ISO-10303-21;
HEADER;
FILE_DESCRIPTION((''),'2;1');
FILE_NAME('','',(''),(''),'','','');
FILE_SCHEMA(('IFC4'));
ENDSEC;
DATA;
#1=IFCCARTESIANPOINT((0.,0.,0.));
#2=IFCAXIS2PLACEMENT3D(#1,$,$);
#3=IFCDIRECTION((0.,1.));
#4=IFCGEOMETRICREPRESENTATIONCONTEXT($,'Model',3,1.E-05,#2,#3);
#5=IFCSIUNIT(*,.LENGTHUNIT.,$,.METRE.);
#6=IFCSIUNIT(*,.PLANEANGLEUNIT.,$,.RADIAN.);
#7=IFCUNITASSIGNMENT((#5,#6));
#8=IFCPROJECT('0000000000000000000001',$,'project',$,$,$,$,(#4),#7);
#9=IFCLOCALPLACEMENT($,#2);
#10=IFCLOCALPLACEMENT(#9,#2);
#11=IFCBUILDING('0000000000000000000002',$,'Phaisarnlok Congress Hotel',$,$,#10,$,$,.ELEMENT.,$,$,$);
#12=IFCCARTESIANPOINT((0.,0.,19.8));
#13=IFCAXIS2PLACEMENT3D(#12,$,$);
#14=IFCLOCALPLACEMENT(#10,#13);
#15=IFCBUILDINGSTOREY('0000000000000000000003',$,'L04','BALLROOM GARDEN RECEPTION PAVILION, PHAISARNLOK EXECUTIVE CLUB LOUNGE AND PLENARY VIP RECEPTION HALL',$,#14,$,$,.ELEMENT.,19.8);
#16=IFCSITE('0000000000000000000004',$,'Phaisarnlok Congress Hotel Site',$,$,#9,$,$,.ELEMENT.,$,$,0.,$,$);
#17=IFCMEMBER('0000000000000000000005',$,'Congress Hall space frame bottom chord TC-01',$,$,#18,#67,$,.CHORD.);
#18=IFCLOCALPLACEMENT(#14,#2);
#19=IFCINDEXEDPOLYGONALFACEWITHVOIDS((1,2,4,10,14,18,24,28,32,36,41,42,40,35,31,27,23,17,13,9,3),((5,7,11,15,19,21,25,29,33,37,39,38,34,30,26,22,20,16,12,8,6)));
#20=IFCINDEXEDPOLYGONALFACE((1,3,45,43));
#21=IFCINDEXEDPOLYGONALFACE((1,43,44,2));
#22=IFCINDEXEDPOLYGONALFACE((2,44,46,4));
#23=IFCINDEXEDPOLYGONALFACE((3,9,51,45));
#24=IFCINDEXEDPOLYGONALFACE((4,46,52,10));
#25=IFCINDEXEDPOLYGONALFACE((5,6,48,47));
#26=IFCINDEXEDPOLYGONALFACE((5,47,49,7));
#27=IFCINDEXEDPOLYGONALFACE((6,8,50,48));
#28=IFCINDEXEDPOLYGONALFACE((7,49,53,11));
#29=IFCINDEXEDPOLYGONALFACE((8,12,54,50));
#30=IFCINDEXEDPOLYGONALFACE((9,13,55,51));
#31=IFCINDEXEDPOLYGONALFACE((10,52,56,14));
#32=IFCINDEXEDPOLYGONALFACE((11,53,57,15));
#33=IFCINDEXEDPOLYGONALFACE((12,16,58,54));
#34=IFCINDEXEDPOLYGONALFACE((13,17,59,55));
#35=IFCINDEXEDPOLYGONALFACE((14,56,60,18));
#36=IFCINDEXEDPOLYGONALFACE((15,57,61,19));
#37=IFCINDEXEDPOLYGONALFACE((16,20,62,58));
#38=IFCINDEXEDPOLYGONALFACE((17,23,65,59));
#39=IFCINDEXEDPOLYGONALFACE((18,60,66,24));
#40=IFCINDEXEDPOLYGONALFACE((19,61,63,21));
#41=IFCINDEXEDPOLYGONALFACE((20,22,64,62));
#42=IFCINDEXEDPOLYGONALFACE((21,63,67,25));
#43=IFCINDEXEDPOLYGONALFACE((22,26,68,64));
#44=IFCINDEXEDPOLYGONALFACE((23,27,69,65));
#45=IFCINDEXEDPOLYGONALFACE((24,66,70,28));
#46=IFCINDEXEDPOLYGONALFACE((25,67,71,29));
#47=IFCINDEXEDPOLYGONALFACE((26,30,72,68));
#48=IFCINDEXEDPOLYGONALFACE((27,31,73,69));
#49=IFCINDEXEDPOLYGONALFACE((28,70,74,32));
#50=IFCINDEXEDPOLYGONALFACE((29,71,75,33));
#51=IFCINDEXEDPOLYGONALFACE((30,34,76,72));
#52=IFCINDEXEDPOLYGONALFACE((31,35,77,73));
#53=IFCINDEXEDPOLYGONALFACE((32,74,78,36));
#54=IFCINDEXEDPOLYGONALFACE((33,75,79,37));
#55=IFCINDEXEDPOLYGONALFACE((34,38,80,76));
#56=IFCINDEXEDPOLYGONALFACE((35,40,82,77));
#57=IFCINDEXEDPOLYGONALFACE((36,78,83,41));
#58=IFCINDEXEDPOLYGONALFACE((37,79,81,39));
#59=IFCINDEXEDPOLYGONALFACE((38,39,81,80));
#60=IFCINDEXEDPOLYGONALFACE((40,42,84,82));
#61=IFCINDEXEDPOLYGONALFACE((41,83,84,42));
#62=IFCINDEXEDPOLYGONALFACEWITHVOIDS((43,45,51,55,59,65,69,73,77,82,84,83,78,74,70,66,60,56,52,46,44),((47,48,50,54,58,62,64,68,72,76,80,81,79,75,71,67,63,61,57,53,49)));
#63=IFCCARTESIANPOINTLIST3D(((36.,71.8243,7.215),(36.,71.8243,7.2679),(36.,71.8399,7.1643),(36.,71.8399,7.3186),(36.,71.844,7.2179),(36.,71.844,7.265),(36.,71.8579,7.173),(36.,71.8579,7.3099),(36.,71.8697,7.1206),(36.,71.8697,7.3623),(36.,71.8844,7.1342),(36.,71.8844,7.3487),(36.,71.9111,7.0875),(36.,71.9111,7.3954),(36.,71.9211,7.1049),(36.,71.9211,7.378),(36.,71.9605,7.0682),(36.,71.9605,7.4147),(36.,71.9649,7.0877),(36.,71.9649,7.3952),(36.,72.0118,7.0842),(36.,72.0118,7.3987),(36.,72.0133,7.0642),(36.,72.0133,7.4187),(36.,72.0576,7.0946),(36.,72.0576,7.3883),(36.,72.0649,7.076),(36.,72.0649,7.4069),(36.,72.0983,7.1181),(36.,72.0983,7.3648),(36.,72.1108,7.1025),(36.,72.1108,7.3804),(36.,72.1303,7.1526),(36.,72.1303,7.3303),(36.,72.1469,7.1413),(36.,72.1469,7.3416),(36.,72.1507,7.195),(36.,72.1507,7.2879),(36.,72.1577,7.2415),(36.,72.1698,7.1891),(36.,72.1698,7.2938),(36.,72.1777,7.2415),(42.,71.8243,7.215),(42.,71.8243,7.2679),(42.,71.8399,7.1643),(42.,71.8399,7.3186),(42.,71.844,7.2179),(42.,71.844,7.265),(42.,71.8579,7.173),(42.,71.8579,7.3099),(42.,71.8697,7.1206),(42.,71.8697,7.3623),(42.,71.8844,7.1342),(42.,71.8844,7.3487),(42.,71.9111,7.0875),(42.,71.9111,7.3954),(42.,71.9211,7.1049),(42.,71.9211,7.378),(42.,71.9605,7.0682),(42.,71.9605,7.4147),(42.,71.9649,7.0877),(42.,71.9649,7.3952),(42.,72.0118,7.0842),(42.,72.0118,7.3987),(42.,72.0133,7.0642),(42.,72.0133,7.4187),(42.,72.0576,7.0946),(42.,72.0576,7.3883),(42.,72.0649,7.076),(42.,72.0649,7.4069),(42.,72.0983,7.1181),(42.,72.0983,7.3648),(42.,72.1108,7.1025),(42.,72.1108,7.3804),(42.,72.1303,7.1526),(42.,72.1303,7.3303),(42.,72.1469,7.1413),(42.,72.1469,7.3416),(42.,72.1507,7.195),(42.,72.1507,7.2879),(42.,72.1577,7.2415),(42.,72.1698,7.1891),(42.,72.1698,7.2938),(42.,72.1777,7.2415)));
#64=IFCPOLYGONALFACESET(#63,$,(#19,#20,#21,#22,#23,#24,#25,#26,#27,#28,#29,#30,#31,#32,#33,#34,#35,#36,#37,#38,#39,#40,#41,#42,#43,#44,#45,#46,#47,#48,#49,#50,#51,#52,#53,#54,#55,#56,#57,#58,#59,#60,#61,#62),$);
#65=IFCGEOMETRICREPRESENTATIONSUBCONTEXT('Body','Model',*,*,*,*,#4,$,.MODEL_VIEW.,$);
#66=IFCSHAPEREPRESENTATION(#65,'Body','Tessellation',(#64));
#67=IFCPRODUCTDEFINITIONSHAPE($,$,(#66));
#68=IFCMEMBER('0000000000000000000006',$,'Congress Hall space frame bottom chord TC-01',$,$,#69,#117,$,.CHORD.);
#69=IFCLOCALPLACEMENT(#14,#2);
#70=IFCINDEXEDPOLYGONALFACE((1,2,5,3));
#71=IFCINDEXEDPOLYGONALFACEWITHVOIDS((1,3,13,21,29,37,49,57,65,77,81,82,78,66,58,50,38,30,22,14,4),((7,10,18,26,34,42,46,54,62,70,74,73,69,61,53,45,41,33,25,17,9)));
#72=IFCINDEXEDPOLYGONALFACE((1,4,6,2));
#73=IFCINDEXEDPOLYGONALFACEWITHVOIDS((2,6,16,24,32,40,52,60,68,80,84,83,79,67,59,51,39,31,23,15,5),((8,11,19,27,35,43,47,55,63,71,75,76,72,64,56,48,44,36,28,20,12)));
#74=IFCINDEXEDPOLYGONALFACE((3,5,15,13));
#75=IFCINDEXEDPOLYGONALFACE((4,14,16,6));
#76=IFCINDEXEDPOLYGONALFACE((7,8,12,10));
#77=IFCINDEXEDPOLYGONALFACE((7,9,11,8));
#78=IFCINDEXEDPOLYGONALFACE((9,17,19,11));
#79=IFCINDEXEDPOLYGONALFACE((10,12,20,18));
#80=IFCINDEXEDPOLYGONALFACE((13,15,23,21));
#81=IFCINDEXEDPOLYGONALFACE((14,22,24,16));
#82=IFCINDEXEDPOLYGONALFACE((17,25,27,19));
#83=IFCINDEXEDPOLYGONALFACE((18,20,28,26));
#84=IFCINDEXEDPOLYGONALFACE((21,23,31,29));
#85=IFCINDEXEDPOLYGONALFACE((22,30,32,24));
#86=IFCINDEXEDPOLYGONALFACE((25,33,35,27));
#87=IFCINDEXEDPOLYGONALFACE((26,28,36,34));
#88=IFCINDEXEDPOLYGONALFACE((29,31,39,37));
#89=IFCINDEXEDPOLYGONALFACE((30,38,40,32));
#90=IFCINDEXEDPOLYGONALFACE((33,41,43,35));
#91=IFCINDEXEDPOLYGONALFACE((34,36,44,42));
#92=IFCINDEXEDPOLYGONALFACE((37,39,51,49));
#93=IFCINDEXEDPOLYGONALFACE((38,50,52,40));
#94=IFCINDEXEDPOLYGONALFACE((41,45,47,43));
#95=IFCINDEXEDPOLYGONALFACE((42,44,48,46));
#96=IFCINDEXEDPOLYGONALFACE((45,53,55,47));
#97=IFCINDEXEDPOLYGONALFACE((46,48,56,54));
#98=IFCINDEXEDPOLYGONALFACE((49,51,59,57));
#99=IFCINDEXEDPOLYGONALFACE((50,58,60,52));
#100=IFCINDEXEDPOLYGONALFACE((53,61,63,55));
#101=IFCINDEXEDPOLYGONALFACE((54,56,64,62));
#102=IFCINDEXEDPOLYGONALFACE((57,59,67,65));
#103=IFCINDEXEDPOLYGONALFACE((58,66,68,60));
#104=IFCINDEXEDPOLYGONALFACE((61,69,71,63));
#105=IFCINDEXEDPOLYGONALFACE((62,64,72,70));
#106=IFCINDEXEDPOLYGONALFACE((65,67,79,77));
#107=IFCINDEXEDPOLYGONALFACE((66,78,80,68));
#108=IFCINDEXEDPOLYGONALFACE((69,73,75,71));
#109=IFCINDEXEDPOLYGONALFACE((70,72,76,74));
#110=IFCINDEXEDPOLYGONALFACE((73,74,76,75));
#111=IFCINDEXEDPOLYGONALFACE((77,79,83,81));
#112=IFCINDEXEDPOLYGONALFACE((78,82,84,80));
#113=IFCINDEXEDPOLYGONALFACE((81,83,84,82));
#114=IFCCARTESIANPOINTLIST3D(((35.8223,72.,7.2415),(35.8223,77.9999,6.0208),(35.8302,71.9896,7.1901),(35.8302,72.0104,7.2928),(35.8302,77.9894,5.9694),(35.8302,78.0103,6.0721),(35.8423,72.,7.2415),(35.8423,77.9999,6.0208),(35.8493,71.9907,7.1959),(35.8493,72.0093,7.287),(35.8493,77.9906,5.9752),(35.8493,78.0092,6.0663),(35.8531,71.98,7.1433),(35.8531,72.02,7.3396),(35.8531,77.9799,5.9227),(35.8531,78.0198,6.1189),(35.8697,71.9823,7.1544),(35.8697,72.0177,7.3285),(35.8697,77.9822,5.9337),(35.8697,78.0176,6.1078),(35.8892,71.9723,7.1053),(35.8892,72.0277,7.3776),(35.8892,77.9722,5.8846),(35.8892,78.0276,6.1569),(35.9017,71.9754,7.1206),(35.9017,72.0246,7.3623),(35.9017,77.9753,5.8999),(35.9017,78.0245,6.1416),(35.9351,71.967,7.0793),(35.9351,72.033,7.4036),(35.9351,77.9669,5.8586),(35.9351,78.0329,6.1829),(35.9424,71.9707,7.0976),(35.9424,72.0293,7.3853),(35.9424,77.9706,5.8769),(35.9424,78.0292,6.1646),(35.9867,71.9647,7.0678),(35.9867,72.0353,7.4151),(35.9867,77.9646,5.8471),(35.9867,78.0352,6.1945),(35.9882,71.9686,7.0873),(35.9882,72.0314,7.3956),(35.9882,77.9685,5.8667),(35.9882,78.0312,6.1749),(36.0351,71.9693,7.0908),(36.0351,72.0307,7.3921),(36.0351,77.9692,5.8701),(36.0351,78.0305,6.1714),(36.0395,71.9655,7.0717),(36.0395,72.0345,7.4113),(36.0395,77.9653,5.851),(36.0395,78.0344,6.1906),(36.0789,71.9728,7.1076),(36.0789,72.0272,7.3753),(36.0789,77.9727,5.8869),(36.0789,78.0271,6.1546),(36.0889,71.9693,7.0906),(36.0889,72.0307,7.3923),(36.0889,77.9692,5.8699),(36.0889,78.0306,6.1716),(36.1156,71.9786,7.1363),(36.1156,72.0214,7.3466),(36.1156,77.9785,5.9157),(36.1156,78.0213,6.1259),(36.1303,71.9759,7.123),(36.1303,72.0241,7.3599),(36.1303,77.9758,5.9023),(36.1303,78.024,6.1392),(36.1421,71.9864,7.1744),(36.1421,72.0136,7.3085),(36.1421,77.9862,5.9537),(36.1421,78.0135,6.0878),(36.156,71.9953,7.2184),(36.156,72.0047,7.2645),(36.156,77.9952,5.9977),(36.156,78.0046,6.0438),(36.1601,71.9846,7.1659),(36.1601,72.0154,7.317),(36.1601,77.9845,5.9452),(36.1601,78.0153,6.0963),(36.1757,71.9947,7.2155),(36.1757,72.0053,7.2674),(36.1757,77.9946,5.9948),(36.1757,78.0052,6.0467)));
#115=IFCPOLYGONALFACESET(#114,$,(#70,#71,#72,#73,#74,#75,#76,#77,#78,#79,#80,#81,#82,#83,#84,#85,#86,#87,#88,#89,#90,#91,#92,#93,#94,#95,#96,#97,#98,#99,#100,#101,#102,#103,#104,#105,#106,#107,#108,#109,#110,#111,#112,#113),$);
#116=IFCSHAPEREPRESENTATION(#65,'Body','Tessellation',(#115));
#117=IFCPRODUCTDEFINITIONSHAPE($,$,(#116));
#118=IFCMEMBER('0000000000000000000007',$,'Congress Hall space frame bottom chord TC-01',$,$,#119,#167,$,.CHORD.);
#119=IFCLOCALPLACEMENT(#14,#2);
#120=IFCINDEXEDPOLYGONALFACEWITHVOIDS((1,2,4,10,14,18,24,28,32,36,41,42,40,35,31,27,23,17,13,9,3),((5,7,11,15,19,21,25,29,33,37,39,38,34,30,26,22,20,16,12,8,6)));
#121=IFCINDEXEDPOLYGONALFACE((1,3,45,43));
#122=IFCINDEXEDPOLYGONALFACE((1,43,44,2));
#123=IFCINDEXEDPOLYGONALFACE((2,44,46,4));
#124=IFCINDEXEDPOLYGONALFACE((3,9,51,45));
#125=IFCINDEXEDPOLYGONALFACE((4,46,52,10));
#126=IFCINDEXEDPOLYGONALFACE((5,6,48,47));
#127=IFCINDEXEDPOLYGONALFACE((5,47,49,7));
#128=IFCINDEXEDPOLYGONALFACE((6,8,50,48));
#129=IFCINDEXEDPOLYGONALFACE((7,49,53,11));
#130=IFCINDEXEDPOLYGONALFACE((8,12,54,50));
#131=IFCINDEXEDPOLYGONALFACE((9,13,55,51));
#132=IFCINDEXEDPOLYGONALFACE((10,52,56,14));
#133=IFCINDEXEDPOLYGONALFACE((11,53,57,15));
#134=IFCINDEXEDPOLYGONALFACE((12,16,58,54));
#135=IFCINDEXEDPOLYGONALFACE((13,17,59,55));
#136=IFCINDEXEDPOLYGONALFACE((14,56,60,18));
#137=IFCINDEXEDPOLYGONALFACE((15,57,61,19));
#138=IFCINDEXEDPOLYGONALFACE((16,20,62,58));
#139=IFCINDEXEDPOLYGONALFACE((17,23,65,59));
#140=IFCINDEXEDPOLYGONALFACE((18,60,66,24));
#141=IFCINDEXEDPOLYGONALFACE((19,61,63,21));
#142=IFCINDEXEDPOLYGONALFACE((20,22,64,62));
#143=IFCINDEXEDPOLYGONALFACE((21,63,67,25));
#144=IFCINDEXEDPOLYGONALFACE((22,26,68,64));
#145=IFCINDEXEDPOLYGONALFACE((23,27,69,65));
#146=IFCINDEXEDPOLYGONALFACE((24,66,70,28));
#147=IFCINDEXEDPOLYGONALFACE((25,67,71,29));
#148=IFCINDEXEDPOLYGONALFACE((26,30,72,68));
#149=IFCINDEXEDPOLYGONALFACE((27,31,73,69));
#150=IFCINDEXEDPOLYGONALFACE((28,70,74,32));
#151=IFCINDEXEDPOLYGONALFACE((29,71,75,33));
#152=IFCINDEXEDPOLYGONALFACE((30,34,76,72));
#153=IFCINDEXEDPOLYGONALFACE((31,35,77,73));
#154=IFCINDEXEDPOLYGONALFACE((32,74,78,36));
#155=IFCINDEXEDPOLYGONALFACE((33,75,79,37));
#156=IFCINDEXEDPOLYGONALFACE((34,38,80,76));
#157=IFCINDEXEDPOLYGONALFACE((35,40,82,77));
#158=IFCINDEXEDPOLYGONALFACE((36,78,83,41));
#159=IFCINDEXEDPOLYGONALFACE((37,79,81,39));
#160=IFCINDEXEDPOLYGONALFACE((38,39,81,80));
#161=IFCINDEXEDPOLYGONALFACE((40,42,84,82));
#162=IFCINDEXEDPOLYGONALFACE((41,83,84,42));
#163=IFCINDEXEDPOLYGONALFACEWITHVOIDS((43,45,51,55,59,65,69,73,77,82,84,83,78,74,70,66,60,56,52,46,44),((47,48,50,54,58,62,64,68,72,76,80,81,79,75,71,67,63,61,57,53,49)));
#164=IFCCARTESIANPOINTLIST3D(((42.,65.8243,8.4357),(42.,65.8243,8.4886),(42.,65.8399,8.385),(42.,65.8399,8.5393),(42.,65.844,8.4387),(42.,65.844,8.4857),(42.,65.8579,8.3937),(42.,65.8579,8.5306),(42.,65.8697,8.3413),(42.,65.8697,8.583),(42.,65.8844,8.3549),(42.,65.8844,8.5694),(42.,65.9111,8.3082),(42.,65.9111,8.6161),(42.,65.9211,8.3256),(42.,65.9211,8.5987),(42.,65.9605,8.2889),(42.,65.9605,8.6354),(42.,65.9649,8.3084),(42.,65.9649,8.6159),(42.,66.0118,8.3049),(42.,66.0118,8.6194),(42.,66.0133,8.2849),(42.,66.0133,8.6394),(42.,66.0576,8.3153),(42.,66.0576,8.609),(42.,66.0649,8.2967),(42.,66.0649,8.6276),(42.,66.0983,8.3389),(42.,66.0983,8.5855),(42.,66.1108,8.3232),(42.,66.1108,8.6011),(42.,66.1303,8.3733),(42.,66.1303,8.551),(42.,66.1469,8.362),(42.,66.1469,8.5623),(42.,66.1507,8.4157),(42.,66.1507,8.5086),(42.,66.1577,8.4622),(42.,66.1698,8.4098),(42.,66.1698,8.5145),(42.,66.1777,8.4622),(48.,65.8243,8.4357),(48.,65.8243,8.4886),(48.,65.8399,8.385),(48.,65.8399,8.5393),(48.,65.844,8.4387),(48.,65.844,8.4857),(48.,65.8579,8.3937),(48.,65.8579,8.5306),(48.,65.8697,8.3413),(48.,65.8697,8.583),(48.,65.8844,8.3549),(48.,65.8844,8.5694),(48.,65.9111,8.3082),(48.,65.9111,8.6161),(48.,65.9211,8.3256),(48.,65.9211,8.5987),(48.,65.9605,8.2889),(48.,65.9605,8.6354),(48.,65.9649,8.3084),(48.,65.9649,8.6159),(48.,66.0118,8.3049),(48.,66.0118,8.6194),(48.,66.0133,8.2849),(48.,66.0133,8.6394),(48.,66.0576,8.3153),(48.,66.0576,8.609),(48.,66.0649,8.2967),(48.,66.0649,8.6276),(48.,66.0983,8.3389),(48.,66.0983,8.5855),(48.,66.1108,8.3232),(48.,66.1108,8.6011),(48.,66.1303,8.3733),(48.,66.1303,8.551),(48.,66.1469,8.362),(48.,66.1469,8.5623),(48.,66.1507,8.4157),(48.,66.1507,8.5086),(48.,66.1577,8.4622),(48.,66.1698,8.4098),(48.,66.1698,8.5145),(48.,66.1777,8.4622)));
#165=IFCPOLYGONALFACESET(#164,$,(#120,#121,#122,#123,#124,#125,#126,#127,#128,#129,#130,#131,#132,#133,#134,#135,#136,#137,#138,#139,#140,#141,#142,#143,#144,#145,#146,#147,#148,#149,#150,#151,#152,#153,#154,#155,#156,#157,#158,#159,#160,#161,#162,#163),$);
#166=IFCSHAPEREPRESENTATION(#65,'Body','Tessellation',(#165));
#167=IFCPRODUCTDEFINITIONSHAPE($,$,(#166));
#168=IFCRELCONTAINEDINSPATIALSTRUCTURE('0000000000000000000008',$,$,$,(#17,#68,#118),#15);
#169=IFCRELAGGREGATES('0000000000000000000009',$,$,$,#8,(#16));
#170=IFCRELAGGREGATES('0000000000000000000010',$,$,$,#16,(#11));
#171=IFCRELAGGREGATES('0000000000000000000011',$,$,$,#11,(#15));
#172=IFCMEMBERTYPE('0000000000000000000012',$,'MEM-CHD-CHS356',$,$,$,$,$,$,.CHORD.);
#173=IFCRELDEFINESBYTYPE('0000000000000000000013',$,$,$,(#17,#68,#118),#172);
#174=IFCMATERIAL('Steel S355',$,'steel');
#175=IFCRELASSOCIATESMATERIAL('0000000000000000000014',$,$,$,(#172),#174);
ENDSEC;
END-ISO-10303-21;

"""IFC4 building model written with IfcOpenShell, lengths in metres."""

from ifc_helpers import new_model, si_unit, direction, frame, origin, origin_2d, place, context, subcontext, project, spatial, hollow_circle, extrude, material, material_profile, profile_set, type_object, element, save


model = new_model("IFC4")

# Units and contexts
model_context = context("Model", 3, precision=1e-05, world=origin(), true_north=direction((0.0, 1.0)))
body_context = subcontext(model_context, "Body", "Model", "MODEL_VIEW")
ifc_project = project(units=[si_unit("LENGTHUNIT", "METRE"), si_unit("PLANEANGLEUNIT", "RADIAN")], contexts=[model_context])

# Site, building, storey
site_placement = place(None, origin())
site = spatial("IfcSite", under=ifc_project, at=site_placement, Name="Phaisarnlok Congress Hotel Site", CompositionType="ELEMENT", RefElevation=0.0)
building_placement = place(site_placement, origin())
building = spatial("IfcBuilding", under=site, at=building_placement, Name="Phaisarnlok Congress Hotel", CompositionType="ELEMENT")
storey_placement = place(building_placement, frame((0.0, 0.0, 19.8)))
storey = spatial("IfcBuildingStorey", under=building, at=storey_placement, Name="L04", Description="BALLROOM GARDEN RECEPTION PAVILION, PHAISARNLOK EXECUTIVE CLUB LOUNGE AND PLENARY VIP RECEPTION HALL", CompositionType="ELEMENT", Elevation=19.8)

# Members
ifc_material = material(Name="Steel S355", Category="steel")
ifc_material_profile_1 = material_profile(ifc_material, hollow_circle(Radius=0.1777, WallThickness=0.02, at=origin_2d()), Name="CHS 355.6x20")
ifc_profile_set_1 = profile_set([ifc_material_profile_1], Name="Steel S355")
member_type_1 = type_object("IfcMemberType", Name="MEM-CHD-CHS356", PredefinedType="CHORD", material=ifc_profile_set_1)
member_1_placement = place(storey_placement, frame((36.0, 72.0, 7.2415), z_axis=(1.0, 0.0, 0.0), x_axis=(0.0, 1.0, 0.0)))
element("IfcMember", 1, at=member_1_placement, inside=storey, type_object=member_type_1, Name="Congress Hall space frame bottom chord TC-01", PredefinedType="CHORD", context=body_context, shape_type="SweptSolid", body=[
    extrude(hollow_circle(Radius=0.1777, WallThickness=0.02, at=origin_2d()), origin(), (0.0, 0.0, 1.0), 6.0),
])
member_2_placement = place(storey_placement, frame((36.0, 72.0, 7.2415), z_axis=(0.0, 0.979925, -0.199366), x_axis=(-1.0, 0.0, 0.0)))
element("IfcMember", 2, at=member_2_placement, inside=storey, type_object=member_type_1, Name="Congress Hall space frame bottom chord TC-01", PredefinedType="CHORD", context=body_context, shape_type="SweptSolid", body=[
    extrude(hollow_circle(Radius=0.1777, WallThickness=0.02, at=origin_2d()), origin(), (0.0, 0.0, 1.0), 6.1228),
])
member_3_placement = place(storey_placement, frame((42.0, 66.0, 8.4622), z_axis=(1.0, 0.0, 0.0), x_axis=(0.0, 1.0, 0.0)))
element("IfcMember", 3, at=member_3_placement, inside=storey, type_object=member_type_1, Name="Congress Hall space frame bottom chord TC-01", PredefinedType="CHORD", context=body_context, shape_type="SweptSolid", body=[
    extrude(hollow_circle(Radius=0.1777, WallThickness=0.02, at=origin_2d()), origin(), (0.0, 0.0, 1.0), 6.0),
])

save(model, "model.ifc")
